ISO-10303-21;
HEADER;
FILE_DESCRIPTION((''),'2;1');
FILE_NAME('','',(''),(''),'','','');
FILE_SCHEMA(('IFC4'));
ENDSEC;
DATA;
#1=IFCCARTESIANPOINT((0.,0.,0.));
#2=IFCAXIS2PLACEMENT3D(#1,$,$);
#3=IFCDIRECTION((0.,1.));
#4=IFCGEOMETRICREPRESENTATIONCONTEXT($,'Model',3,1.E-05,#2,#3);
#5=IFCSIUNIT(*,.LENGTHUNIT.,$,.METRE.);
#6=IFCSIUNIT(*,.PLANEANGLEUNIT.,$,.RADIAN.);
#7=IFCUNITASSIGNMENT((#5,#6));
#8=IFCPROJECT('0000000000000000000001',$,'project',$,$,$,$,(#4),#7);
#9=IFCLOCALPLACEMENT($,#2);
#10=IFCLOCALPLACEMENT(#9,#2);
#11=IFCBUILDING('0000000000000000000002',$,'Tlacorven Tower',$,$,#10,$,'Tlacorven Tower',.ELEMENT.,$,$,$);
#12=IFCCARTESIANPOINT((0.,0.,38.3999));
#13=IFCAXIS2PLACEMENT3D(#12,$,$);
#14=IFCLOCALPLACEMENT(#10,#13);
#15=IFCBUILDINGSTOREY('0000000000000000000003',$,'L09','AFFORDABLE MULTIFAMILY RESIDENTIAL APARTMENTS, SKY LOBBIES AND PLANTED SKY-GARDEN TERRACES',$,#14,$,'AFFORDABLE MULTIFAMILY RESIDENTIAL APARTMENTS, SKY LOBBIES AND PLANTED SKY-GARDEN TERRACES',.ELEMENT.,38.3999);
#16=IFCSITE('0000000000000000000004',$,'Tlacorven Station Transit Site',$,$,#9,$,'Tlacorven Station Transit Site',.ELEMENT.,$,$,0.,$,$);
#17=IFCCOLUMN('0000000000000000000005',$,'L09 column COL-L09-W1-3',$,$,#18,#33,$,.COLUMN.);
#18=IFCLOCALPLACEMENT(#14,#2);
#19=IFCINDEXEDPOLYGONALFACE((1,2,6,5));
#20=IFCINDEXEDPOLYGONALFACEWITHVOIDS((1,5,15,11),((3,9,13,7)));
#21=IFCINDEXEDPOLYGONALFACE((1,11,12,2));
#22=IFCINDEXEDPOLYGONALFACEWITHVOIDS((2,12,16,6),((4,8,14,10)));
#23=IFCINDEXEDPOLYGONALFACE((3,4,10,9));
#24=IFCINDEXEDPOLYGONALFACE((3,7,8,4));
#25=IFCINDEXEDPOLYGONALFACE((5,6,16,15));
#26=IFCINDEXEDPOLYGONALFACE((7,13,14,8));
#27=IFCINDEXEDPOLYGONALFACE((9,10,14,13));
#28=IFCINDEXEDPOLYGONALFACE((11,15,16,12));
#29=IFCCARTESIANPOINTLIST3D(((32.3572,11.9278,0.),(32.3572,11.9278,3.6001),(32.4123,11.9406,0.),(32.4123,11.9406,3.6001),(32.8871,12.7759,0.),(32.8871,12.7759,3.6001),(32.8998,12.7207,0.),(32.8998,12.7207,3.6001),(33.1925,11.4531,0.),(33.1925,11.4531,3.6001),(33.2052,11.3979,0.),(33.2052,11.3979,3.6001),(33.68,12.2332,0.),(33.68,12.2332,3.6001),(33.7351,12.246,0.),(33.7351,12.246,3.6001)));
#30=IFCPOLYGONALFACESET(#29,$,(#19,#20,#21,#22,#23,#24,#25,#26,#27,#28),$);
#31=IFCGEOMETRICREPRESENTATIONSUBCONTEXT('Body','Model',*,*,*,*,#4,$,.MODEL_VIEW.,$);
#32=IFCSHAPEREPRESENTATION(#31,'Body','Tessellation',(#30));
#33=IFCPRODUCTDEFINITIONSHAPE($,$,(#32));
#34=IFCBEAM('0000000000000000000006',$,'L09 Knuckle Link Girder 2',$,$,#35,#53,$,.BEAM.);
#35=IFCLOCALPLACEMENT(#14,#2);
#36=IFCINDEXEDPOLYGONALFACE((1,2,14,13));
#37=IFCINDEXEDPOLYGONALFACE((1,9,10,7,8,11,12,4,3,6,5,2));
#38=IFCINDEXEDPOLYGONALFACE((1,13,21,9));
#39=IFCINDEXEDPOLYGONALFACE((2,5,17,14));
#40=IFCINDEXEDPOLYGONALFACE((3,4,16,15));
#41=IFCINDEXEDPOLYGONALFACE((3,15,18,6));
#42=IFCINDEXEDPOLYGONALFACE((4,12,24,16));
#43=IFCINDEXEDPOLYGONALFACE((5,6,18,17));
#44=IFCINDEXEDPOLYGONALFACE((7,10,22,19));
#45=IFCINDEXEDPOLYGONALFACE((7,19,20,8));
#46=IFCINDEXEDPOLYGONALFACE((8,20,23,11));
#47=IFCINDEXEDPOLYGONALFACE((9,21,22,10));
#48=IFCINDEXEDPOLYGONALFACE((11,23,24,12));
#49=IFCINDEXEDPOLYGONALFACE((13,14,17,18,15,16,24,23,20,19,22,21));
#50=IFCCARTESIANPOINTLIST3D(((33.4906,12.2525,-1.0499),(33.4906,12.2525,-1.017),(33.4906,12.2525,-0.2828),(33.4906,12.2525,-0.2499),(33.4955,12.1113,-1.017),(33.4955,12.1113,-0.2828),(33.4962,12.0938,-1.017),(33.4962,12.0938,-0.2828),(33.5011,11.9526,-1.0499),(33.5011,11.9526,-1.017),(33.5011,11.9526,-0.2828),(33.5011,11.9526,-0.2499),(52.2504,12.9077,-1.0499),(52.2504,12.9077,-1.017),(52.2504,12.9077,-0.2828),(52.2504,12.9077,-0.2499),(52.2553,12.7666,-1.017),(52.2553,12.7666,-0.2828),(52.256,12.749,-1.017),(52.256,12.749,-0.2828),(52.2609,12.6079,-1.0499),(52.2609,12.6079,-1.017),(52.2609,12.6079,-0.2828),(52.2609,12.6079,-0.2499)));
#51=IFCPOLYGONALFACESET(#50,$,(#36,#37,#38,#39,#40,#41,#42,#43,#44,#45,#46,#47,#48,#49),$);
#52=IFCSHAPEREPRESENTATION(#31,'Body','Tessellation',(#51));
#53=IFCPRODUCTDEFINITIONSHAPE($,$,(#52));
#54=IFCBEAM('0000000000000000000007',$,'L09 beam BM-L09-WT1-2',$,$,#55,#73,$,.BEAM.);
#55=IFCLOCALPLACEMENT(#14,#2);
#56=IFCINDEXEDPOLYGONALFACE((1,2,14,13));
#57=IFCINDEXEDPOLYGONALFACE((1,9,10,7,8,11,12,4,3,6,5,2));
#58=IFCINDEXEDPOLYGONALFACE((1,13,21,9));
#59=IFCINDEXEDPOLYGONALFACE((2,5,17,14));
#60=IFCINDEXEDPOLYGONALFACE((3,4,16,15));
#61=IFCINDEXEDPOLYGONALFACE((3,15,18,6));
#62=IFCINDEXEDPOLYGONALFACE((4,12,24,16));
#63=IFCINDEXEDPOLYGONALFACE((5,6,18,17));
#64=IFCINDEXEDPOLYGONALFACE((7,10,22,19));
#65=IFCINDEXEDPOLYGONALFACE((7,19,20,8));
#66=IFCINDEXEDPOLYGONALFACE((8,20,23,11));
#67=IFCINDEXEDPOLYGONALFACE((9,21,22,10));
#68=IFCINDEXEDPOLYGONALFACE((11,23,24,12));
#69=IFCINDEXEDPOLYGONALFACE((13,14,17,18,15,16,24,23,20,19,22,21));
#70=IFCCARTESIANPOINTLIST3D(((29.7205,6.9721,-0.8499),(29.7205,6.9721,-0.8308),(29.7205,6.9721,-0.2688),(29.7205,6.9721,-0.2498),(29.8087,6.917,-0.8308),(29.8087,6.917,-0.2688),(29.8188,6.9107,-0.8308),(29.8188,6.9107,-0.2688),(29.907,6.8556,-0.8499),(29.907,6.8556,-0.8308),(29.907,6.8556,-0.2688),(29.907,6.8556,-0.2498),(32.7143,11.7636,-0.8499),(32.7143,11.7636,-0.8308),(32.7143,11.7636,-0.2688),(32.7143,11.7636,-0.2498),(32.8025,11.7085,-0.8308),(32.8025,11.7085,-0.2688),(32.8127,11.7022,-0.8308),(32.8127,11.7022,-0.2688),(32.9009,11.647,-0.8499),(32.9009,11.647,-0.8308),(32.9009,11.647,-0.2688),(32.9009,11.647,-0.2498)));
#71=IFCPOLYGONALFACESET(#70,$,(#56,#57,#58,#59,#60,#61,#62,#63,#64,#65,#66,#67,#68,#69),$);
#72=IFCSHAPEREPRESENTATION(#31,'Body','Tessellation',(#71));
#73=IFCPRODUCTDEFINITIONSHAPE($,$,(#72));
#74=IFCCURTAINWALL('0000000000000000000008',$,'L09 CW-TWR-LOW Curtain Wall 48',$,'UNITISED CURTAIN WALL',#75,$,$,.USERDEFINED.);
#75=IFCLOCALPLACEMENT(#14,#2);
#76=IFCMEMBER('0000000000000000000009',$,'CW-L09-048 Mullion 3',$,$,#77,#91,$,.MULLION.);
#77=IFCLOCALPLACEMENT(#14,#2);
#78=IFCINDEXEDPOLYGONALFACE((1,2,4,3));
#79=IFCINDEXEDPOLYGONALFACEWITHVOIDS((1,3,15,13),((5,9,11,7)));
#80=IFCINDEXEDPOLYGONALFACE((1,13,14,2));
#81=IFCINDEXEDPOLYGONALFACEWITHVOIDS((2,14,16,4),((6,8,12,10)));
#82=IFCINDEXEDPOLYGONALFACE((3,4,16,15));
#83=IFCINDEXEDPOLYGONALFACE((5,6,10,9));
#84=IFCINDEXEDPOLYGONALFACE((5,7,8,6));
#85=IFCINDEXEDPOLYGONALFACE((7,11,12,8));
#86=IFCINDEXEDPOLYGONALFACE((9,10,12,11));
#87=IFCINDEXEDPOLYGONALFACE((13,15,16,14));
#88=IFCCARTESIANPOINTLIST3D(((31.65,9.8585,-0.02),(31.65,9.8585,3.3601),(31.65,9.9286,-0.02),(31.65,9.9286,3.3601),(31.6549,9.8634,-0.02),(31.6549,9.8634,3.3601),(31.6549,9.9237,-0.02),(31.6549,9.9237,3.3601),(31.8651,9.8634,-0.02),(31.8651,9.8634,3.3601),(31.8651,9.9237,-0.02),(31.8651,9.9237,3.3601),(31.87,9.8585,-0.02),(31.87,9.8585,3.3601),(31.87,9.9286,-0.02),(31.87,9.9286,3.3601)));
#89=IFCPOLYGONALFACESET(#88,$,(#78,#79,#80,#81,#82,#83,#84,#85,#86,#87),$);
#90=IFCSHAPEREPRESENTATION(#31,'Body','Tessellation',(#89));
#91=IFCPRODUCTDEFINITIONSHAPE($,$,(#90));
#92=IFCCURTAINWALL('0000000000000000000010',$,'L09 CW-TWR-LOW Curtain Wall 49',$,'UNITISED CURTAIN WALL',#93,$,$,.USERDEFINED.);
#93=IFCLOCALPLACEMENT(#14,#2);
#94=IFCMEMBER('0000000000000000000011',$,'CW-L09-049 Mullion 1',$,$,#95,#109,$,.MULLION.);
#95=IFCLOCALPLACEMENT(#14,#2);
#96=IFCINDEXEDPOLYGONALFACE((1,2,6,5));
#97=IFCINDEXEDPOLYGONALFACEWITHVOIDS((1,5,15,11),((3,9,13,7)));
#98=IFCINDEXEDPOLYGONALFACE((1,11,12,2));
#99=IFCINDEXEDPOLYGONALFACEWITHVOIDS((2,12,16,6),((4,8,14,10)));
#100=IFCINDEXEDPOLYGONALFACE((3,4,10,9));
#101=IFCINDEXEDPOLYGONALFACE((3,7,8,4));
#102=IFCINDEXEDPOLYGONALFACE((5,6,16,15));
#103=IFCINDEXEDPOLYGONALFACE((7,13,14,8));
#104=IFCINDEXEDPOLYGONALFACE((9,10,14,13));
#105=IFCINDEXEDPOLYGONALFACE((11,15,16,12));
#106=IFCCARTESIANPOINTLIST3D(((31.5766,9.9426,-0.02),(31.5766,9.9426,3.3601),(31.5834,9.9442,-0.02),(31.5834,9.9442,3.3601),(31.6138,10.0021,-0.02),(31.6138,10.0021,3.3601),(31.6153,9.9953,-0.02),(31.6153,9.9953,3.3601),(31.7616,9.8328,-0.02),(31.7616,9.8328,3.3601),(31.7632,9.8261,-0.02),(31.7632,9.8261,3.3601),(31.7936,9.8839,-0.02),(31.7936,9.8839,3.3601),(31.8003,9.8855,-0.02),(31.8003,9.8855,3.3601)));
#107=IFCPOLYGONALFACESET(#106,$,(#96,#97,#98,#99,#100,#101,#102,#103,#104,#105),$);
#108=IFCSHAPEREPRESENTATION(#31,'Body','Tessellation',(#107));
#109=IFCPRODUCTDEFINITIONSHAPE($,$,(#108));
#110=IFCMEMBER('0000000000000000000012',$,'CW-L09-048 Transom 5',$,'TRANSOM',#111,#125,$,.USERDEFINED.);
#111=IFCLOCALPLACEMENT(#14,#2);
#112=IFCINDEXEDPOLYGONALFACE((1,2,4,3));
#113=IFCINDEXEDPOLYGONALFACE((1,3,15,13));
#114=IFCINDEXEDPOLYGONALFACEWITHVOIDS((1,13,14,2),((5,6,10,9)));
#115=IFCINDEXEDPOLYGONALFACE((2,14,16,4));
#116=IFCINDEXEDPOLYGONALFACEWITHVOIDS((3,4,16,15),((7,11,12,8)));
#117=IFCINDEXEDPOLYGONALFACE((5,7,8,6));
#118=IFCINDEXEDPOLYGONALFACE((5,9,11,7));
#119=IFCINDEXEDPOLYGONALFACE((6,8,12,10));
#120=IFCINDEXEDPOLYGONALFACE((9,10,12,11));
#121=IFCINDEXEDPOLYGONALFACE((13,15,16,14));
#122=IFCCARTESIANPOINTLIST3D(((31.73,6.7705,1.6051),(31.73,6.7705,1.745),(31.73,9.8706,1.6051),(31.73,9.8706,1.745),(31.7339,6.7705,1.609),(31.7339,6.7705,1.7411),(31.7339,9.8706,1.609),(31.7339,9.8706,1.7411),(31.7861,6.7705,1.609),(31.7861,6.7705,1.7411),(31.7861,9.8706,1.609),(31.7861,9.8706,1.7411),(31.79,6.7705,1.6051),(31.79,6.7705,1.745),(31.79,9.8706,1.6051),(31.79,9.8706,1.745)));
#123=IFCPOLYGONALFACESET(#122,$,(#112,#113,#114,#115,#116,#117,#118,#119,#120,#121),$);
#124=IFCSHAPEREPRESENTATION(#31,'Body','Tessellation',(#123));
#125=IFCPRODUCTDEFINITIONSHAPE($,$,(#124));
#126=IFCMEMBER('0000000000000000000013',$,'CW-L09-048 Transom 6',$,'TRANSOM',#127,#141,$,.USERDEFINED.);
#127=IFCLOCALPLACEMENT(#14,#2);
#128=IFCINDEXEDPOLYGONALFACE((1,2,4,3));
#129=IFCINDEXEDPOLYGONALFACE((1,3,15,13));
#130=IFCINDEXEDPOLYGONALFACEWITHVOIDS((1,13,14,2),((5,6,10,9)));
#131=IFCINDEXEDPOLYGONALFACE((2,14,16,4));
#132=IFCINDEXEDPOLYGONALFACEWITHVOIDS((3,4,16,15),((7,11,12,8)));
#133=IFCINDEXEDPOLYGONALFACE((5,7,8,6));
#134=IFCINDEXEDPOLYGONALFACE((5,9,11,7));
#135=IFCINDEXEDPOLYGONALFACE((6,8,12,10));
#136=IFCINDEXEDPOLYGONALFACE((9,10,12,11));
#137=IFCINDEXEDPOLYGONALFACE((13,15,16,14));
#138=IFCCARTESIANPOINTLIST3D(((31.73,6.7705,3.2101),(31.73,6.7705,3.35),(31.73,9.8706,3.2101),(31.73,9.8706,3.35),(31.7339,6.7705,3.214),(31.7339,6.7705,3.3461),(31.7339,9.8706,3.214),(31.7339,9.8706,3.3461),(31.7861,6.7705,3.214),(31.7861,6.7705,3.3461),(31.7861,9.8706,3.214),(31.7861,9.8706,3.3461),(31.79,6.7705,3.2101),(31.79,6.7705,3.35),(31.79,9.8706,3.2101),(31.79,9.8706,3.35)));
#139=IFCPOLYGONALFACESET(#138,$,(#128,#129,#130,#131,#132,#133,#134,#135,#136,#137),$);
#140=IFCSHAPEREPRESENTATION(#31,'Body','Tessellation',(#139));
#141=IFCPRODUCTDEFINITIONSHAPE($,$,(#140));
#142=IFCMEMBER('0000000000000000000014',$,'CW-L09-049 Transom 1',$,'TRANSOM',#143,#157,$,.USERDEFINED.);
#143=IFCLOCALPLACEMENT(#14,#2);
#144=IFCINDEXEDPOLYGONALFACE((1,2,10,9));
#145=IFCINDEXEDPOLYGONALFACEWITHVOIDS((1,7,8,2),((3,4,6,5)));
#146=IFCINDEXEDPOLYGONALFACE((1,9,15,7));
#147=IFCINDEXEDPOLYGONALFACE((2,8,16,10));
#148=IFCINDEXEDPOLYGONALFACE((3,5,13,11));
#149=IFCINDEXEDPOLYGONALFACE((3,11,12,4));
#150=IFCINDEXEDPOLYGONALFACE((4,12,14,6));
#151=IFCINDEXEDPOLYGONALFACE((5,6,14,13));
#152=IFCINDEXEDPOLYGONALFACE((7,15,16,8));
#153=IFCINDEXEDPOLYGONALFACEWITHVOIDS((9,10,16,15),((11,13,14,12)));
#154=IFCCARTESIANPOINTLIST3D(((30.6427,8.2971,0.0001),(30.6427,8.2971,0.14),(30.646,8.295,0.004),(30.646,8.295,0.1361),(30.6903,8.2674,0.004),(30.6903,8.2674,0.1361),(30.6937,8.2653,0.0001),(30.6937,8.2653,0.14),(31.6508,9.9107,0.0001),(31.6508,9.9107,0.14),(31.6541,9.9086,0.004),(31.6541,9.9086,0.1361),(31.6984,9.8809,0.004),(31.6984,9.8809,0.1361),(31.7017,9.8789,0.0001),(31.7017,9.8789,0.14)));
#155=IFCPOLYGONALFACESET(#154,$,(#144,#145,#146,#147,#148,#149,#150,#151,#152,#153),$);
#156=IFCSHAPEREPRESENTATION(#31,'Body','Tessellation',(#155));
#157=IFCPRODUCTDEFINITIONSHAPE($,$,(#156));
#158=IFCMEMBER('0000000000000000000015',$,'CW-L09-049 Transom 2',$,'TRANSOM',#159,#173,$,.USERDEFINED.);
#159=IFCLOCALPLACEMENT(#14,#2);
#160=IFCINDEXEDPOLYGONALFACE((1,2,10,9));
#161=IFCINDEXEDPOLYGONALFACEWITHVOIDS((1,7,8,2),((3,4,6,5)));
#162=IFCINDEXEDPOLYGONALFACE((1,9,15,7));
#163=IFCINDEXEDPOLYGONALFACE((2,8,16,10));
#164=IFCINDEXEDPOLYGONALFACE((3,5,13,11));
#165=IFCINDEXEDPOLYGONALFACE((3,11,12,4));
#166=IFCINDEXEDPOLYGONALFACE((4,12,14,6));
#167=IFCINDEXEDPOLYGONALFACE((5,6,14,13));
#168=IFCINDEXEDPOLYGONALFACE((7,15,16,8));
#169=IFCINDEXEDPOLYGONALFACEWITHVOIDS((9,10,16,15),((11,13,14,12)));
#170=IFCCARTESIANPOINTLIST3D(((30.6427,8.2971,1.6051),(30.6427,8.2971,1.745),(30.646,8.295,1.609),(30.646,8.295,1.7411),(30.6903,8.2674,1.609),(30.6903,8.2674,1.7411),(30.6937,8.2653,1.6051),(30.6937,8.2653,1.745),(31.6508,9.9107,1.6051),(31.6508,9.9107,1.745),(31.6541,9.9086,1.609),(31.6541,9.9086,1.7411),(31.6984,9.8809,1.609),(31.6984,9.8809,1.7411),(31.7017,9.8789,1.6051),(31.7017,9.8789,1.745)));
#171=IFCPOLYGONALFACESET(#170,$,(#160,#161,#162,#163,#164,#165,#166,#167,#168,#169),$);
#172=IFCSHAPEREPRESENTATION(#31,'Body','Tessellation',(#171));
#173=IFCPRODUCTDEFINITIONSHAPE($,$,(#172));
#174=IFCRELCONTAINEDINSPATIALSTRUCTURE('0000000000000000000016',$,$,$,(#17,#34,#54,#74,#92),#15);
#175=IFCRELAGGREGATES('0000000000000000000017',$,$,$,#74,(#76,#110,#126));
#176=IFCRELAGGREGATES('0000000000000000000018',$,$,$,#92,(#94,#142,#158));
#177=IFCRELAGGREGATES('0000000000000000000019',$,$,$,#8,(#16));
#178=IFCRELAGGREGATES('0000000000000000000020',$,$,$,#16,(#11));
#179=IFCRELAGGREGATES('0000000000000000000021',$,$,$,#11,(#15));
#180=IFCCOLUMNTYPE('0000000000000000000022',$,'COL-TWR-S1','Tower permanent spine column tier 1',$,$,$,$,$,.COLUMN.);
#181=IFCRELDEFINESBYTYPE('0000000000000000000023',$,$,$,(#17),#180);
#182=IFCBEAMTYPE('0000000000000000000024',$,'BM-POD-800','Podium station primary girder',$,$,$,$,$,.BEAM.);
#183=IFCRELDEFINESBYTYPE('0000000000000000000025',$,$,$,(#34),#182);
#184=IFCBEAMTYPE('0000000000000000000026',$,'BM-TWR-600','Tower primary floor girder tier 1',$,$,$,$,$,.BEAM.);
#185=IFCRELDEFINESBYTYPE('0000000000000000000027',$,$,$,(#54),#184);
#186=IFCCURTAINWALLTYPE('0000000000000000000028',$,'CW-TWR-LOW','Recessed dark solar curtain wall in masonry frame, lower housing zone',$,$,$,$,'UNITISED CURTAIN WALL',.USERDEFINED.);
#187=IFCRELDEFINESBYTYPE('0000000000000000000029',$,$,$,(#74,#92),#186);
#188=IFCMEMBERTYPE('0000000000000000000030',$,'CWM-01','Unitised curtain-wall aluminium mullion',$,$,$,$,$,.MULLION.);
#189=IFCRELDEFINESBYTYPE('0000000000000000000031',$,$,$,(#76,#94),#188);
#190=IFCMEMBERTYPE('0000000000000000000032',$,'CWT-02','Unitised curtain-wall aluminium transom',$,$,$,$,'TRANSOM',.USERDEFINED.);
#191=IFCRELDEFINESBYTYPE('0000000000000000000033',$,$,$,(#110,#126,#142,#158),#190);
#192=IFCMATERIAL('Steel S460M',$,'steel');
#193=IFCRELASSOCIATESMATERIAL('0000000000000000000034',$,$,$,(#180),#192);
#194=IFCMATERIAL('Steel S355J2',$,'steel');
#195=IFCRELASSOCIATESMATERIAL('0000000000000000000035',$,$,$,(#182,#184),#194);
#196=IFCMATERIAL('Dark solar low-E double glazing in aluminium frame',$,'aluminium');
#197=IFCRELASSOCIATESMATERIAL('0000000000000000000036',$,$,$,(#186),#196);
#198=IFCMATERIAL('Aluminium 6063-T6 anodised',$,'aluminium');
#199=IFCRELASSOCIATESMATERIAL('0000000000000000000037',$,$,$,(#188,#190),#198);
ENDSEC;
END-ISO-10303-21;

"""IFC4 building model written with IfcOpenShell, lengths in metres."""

from ifc_helpers import new_model, si_unit, direction, frame, origin, origin_2d, place, context, subcontext, project, spatial, hollow_rectangle, i_section, extrude, source, transform, mapped, material, material_profile, profile_set, type_object, element, aggregate, save


model = new_model("IFC4")

# Units and contexts
model_context = context("Model", 3, precision=1e-05, world=origin(), true_north=direction((0.0, 1.0)))
body_context = subcontext(model_context, "Body", "Model", "MODEL_VIEW")
ifc_project = project(units=[si_unit("LENGTHUNIT", "METRE"), si_unit("PLANEANGLEUNIT", "RADIAN")], contexts=[model_context])

# Site, building, storey
site_placement = place(None, origin())
site = spatial("IfcSite", under=ifc_project, at=site_placement, Name="Tlacorven Station Transit Site", LongName="Tlacorven Station Transit Site", CompositionType="ELEMENT", RefElevation=0.0)
building_placement = place(site_placement, origin())
building = spatial("IfcBuilding", under=site, at=building_placement, Name="Tlacorven Tower", LongName="Tlacorven Tower", CompositionType="ELEMENT")
storey_placement = place(building_placement, frame((0.0, 0.0, 38.3999)))
storey = spatial("IfcBuildingStorey", under=building, at=storey_placement, Name="L09", Description="AFFORDABLE MULTIFAMILY RESIDENTIAL APARTMENTS, SKY LOBBIES AND PLANTED SKY-GARDEN TERRACES", LongName="AFFORDABLE MULTIFAMILY RESIDENTIAL APARTMENTS, SKY LOBBIES AND PLANTED SKY-GARDEN TERRACES", CompositionType="ELEMENT", Elevation=38.3999)

# Column
ifc_material_1 = material(Name="Steel S460M", Category="steel")
ifc_material_profile_1 = material_profile(ifc_material_1, hollow_rectangle(XDim=1.0, YDim=1.0, WallThickness=0.04, at=origin_2d()), Name="BOX 1000X1000X40")
ifc_profile_set_1 = profile_set([ifc_material_profile_1], Name="Steel S460M")
column_type = type_object("IfcColumnType", Name="COL-TWR-S1", Description="Tower permanent spine column tier 1", PredefinedType="COLUMN", material=ifc_profile_set_1)
shared_shape_1 = source(origin(), body_context, "Body", "SweptSolid", [
    extrude(hollow_rectangle(XDim=1.0, YDim=1.0, WallThickness=0.04, at=origin_2d()), origin(), (0.0, 0.0, 1.0), 3.6001),
])
column_placement = place(storey_placement, frame((33.0461, 12.0869, 0.0), z_axis=(0.0, 0.0, 1.0), x_axis=(-0.848048, 0.529919, 0.0)))
element("IfcColumn", 1, at=column_placement, inside=storey, type_object=column_type, Name="L09 column COL-L09-W1-3", PredefinedType="COLUMN", context=body_context, shape_type="MappedRepresentation", body=[
    mapped(shared_shape_1, transform((0.0, 0.0, 0.0), scale=1.0)),
])

# Beams
ifc_material_2 = material(Name="Steel S355J2", Category="steel")
ifc_material_profile_2 = material_profile(ifc_material_2, i_section(OverallWidth=0.3, OverallDepth=0.8, WebThickness=0.0176, FlangeThickness=0.033, at=origin_2d()), Name="HEB 800")
ifc_profile_set_2 = profile_set([ifc_material_profile_2], Name="Steel S355J2")
beam_type_1 = type_object("IfcBeamType", Name="BM-POD-800", Description="Podium station primary girder", PredefinedType="BEAM", material=ifc_profile_set_2)
shared_shape_2 = source(origin(), body_context, "Body", "SweptSolid", [
    extrude(i_section(OverallWidth=0.3, OverallDepth=0.8, WebThickness=0.0176, FlangeThickness=0.033, at=origin_2d()), origin(), (0.0, 0.0, 1.0), 18.7712),
])
beam_1_placement = place(storey_placement, frame((33.4958, 12.1025, -0.6499), z_axis=(0.999391, 0.034908, 0.0), x_axis=(-0.034908, 0.999391, 0.0)))
element("IfcBeam", 2, at=beam_1_placement, inside=storey, type_object=beam_type_1, Name="L09 Knuckle Link Girder 2", PredefinedType="BEAM", context=body_context, shape_type="MappedRepresentation", body=[
    mapped(shared_shape_2, transform((0.0, 0.0, 0.0), scale=1.0)),
])
ifc_material_profile_3 = material_profile(ifc_material_2, i_section(OverallWidth=0.22, OverallDepth=0.6001, WebThickness=0.012, FlangeThickness=0.019, at=origin_2d()), Name="IPE 600")
ifc_profile_set_3 = profile_set([ifc_material_profile_3], Name="Steel S355J2")
beam_type_2 = type_object("IfcBeamType", Name="BM-TWR-600", Description="Tower primary floor girder tier 1", PredefinedType="BEAM", material=ifc_profile_set_3)
shared_shape_3 = source(origin(), body_context, "Body", "SweptSolid", [
    extrude(i_section(OverallWidth=0.22, OverallDepth=0.6001, WebThickness=0.012, FlangeThickness=0.019, at=origin_2d()), origin(), (0.0, 0.0, 1.0), 5.6499),
])
beam_2_placement = place(storey_placement, frame((32.8076, 11.7053, -0.5498), z_axis=(-0.529898, -0.848061, 0.0), x_axis=(0.848061, -0.529898, 0.0)))
element("IfcBeam", 3, at=beam_2_placement, inside=storey, type_object=beam_type_2, Name="L09 beam BM-L09-WT1-2", PredefinedType="BEAM", context=body_context, shape_type="MappedRepresentation", body=[
    mapped(shared_shape_3, transform((0.0, 0.0, 0.0), scale=1.0)),
])

# Curtain walls, members
ifc_material_3 = material(Name="Dark solar low-E double glazing in aluminium frame", Category="aluminium")
curtain_wall_type = type_object("IfcCurtainWallType", Name="CW-TWR-LOW", Description="Recessed dark solar curtain wall in masonry frame, lower housing zone", ElementType="UNITISED CURTAIN WALL", PredefinedType="USERDEFINED", material=ifc_material_3)
curtain_wall_1_placement = place(storey_placement, origin())
curtain_wall_1 = element("IfcCurtainWall", 4, at=curtain_wall_1_placement, inside=storey, type_object=curtain_wall_type, Name="L09 CW-TWR-LOW Curtain Wall 48", ObjectType="UNITISED CURTAIN WALL", PredefinedType="USERDEFINED")
ifc_material_4 = material(Name="Aluminium 6063-T6 anodised", Category="aluminium")
ifc_material_profile_4 = material_profile(ifc_material_4, hollow_rectangle(XDim=0.0701, YDim=0.22, WallThickness=0.0049, at=origin_2d()), Name="ALU MULLION 70X220")
ifc_profile_set_4 = profile_set([ifc_material_profile_4], Name="Aluminium 6063-T6 anodised")
member_type_1 = type_object("IfcMemberType", Name="CWM-01", Description="Unitised curtain-wall aluminium mullion", PredefinedType="MULLION", material=ifc_profile_set_4)
shared_shape_4 = source(origin(), body_context, "Body", "SweptSolid", [
    extrude(hollow_rectangle(XDim=0.0701, YDim=0.22, WallThickness=0.0049, at=origin_2d()), origin(), (0.0, 0.0, 1.0), 3.3801),
])
member_1_placement = place(storey_placement, frame((31.76, 9.8936, -0.02), z_axis=(0.0, 0.0, 1.0), x_axis=(0.0, 1.0, 0.0)))
member_1 = element("IfcMember", 5, at=member_1_placement, type_object=member_type_1, Name="CW-L09-048 Mullion 3", PredefinedType="MULLION", context=body_context, shape_type="MappedRepresentation", body=[
    mapped(shared_shape_4, transform((0.0, 0.0, 0.0), scale=1.0)),
])
curtain_wall_2_placement = place(storey_placement, origin())
curtain_wall_2 = element("IfcCurtainWall", 6, at=curtain_wall_2_placement, inside=storey, type_object=curtain_wall_type, Name="L09 CW-TWR-LOW Curtain Wall 49", ObjectType="UNITISED CURTAIN WALL", PredefinedType="USERDEFINED")
member_2_placement = place(storey_placement, frame((31.6885, 9.9141, -0.02), z_axis=(0.0, 0.0, 1.0), x_axis=(-0.529919, -0.848048, 0.0)))
member_2 = element("IfcMember", 7, at=member_2_placement, type_object=member_type_1, Name="CW-L09-049 Mullion 1", PredefinedType="MULLION", context=body_context, shape_type="MappedRepresentation", body=[
    mapped(shared_shape_4, transform((0.0, 0.0, 0.0), scale=1.0)),
])

# Members
ifc_material_profile_5 = material_profile(ifc_material_4, hollow_rectangle(XDim=0.0601, YDim=0.1399, WallThickness=0.0039, at=origin_2d()), Name="ALU TRANSOM 60X140")
ifc_profile_set_5 = profile_set([ifc_material_profile_5], Name="Aluminium 6063-T6 anodised")
member_type_2 = type_object("IfcMemberType", Name="CWT-02", Description="Unitised curtain-wall aluminium transom", ElementType="TRANSOM", PredefinedType="USERDEFINED", material=ifc_profile_set_5)
shared_shape_5 = source(origin(), body_context, "Body", "SweptSolid", [
    extrude(hollow_rectangle(XDim=0.0601, YDim=0.1399, WallThickness=0.0039, at=origin_2d()), origin(), (0.0, 0.0, 1.0), 3.1001),
])
member_3_placement = place(storey_placement, frame((31.76, 6.7705, 1.675), z_axis=(0.0, 1.0, 0.0), x_axis=(-1.0, 0.0, 0.0)))
member_3 = element("IfcMember", 8, at=member_3_placement, type_object=member_type_2, Name="CW-L09-048 Transom 5", ObjectType="TRANSOM", PredefinedType="USERDEFINED", context=body_context, shape_type="MappedRepresentation", body=[
    mapped(shared_shape_5, transform((0.0, 0.0, 0.0), scale=1.0)),
])
member_4_placement = place(storey_placement, frame((31.76, 6.7705, 3.28), z_axis=(0.0, 1.0, 0.0), x_axis=(-1.0, 0.0, 0.0)))
member_4 = element("IfcMember", 9, at=member_4_placement, type_object=member_type_2, Name="CW-L09-048 Transom 6", ObjectType="TRANSOM", PredefinedType="USERDEFINED", context=body_context, shape_type="MappedRepresentation", body=[
    mapped(shared_shape_5, transform((0.0, 0.0, 0.0), scale=1.0)),
])
shared_shape_6 = source(origin(), body_context, "Body", "SweptSolid", [
    extrude(hollow_rectangle(XDim=0.0601, YDim=0.1399, WallThickness=0.0039, at=origin_2d()), origin(), (0.0, 0.0, 1.0), 1.9026),
])
member_5_placement = place(storey_placement, frame((31.6763, 9.8948, 0.0701), z_axis=(-0.529849, -0.848092, 0.0), x_axis=(0.848092, -0.529849, 0.0)))
member_5 = element("IfcMember", 10, at=member_5_placement, type_object=member_type_2, Name="CW-L09-049 Transom 1", ObjectType="TRANSOM", PredefinedType="USERDEFINED", context=body_context, shape_type="MappedRepresentation", body=[
    mapped(shared_shape_6, transform((0.0, 0.0, 0.0), scale=1.0)),
])
member_6_placement = place(storey_placement, frame((31.6763, 9.8948, 1.675), z_axis=(-0.529849, -0.848092, 0.0), x_axis=(0.848092, -0.529849, 0.0)))
member_6 = element("IfcMember", 11, at=member_6_placement, type_object=member_type_2, Name="CW-L09-049 Transom 2", ObjectType="TRANSOM", PredefinedType="USERDEFINED", context=body_context, shape_type="MappedRepresentation", body=[
    mapped(shared_shape_6, transform((0.0, 0.0, 0.0), scale=1.0)),
])

aggregate(curtain_wall_1, [member_1, member_3, member_4])
aggregate(curtain_wall_2, [member_2, member_5, member_6])

save(model, "model.ifc")
